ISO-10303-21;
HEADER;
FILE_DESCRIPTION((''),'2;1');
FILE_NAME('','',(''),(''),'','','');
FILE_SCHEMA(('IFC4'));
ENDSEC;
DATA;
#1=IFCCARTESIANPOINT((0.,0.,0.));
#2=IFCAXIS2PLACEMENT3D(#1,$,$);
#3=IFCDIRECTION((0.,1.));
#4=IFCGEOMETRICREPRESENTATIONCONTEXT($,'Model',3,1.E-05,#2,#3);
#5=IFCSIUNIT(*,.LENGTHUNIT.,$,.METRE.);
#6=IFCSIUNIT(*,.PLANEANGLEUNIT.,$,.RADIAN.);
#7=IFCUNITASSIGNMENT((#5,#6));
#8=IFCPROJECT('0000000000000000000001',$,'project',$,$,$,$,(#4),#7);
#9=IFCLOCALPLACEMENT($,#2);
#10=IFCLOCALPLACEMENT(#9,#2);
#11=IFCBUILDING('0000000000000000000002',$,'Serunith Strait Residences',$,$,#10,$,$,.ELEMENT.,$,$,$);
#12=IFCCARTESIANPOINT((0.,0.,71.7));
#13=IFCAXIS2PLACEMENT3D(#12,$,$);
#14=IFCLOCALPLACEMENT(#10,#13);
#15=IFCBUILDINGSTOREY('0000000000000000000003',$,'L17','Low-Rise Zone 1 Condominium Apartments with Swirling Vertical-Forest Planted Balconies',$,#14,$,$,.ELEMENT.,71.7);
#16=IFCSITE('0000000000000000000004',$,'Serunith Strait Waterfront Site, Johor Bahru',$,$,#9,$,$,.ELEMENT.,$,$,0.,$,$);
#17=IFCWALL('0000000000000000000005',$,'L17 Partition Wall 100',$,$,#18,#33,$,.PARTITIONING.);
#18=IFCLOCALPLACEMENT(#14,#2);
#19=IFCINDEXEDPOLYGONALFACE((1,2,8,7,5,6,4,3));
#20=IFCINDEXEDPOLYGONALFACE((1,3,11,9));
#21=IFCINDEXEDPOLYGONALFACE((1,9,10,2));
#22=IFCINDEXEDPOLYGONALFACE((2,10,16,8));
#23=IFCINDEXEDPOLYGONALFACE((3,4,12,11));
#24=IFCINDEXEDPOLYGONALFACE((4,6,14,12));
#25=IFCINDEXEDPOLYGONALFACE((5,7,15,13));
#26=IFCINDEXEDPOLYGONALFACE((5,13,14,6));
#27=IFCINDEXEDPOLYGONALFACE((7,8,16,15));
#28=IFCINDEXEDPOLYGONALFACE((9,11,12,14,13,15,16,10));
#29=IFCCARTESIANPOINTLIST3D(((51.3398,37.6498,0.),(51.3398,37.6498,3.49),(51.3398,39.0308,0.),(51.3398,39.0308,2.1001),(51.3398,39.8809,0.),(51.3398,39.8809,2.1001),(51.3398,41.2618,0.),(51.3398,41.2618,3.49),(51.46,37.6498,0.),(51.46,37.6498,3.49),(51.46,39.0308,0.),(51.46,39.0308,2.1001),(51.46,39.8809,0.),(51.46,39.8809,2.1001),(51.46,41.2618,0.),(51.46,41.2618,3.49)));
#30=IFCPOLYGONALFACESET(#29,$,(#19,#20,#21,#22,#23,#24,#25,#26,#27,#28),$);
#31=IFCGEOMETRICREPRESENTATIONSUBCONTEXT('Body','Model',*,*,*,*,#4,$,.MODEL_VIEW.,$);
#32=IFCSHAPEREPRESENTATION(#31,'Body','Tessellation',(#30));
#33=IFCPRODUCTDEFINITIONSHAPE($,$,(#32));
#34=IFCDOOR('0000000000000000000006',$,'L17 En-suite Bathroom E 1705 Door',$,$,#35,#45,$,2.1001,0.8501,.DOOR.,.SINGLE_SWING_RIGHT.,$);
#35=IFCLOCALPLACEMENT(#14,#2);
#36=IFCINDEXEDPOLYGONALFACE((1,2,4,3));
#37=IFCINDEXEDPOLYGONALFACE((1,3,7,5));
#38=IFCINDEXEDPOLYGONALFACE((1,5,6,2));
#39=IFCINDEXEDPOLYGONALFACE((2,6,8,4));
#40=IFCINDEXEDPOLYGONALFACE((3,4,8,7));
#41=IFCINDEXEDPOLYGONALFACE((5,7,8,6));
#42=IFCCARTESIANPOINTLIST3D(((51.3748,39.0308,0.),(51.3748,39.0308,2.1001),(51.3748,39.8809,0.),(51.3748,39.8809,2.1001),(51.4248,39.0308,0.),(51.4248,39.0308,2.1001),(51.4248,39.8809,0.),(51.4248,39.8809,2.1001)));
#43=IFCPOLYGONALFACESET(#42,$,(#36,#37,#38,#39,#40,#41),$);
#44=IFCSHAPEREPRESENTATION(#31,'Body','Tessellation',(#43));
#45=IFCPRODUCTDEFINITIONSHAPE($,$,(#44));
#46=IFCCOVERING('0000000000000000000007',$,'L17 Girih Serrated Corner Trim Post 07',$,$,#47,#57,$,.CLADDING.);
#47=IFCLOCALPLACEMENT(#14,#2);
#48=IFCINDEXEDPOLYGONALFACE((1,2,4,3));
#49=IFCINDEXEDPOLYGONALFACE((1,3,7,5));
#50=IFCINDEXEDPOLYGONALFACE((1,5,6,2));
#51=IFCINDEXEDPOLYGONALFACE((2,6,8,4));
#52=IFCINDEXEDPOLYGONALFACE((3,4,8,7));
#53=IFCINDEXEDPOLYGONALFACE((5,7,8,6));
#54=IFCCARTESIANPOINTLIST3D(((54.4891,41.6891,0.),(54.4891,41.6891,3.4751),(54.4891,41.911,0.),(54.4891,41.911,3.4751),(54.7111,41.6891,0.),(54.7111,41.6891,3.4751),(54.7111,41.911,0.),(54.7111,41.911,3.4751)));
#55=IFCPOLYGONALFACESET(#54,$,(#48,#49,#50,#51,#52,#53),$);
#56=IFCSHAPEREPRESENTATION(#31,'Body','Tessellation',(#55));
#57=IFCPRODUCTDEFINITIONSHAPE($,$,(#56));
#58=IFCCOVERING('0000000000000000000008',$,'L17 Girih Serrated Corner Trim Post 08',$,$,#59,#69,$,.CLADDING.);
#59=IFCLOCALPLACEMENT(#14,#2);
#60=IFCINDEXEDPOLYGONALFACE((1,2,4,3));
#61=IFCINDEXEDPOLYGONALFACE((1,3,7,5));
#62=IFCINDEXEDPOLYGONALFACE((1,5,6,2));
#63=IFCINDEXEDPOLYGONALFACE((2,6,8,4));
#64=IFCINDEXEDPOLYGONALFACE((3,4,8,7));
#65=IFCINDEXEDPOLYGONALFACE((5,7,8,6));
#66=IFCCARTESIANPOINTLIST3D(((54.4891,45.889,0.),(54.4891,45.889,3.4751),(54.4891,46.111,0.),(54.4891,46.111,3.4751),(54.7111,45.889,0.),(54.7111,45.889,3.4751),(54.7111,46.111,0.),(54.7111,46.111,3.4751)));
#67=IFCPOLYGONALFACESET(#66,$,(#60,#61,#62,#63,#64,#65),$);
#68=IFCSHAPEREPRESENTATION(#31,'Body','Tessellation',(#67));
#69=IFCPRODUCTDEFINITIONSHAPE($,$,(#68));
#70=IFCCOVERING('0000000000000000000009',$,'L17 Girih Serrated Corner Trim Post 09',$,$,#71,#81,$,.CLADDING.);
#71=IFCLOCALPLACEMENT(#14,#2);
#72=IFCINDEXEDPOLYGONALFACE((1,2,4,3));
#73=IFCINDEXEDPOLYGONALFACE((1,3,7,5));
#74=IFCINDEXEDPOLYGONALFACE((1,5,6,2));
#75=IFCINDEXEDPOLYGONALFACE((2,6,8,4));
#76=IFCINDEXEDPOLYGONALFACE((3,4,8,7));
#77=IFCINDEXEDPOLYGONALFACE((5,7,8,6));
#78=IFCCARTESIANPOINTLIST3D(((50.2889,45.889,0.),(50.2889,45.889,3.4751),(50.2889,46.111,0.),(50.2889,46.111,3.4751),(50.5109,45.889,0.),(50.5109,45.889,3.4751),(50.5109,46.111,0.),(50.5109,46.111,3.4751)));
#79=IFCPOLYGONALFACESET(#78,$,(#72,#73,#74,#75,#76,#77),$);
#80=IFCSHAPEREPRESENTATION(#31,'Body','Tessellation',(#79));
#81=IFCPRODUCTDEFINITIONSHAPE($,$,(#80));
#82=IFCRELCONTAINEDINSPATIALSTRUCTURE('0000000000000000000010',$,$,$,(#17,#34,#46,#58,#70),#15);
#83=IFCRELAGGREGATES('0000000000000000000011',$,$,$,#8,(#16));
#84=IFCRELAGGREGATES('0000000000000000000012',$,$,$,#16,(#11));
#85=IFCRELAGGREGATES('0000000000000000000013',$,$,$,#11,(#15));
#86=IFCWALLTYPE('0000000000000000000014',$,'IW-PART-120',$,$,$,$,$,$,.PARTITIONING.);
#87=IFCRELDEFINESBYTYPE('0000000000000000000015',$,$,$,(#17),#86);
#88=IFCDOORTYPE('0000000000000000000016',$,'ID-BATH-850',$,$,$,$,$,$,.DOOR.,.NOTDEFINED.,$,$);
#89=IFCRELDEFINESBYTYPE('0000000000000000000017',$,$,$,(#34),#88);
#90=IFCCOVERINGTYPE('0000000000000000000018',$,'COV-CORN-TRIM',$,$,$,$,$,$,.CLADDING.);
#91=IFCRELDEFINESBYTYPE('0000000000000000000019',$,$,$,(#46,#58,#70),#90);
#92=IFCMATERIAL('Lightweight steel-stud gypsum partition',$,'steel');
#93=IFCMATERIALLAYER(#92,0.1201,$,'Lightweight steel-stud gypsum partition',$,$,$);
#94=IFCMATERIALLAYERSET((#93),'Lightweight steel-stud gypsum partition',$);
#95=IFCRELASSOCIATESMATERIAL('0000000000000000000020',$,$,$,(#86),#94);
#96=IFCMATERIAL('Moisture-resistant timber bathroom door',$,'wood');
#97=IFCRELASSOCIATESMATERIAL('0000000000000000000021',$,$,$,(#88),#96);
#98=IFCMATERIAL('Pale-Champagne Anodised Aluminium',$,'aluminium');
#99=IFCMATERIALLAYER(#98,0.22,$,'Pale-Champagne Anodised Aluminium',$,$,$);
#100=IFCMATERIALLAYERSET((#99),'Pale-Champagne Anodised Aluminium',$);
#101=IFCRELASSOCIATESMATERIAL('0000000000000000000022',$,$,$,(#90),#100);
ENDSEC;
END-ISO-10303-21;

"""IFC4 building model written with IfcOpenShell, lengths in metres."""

from ifc_helpers import new_model, si_unit, direction, frame, frame_2d, origin, origin_2d, place, context, subcontext, project, spatial, rectangle, extrude, source, transform, mapped, material, layer, layer_set, type_object, element, fill, save


model = new_model("IFC4")

# Units and contexts
model_context = context("Model", 3, precision=1e-05, world=origin(), true_north=direction((0.0, 1.0)))
body_context = subcontext(model_context, "Body", "Model", "MODEL_VIEW")
ifc_project = project(units=[si_unit("LENGTHUNIT", "METRE"), si_unit("PLANEANGLEUNIT", "RADIAN")], contexts=[model_context])

# Site, building, storey
site_placement = place(None, origin())
site = spatial("IfcSite", under=ifc_project, at=site_placement, Name="Serunith Strait Waterfront Site, Johor Bahru", CompositionType="ELEMENT", RefElevation=0.0)
building_placement = place(site_placement, origin())
building = spatial("IfcBuilding", under=site, at=building_placement, Name="Serunith Strait Residences", CompositionType="ELEMENT")
storey_placement = place(building_placement, frame((0.0, 0.0, 71.7)))
storey = spatial("IfcBuildingStorey", under=building, at=storey_placement, Name="L17", Description="Low-Rise Zone 1 Condominium Apartments with Swirling Vertical-Forest Planted Balconies", CompositionType="ELEMENT", Elevation=71.7)

# Shared definitions
ifc_material_1 = material(Name="Pale-Champagne Anodised Aluminium", Category="aluminium")

# Shared definitions
ifc_material_2 = material(Name="Lightweight steel-stud gypsum partition", Category="steel")
ifc_layer_1 = layer(ifc_material_2, 0.1201, Name="Lightweight steel-stud gypsum partition")
ifc_layer_set_1 = layer_set([ifc_layer_1], Name="Lightweight steel-stud gypsum partition")
wall_type_1 = type_object("IfcWallType", Name="IW-PART-120", PredefinedType="PARTITIONING", material=ifc_layer_set_1)

# Wall, opening, door
wall_1_placement = place(storey_placement, frame((51.3999, 41.262, 0.0), z_axis=(0.0, 0.0, 1.0), x_axis=(0.0, -1.0, 0.0)))
wall_1 = element("IfcWall", 1, at=wall_1_placement, inside=storey, type_object=wall_type_1, Name="L17 Partition Wall 100", PredefinedType="PARTITIONING", context=body_context, shape_type="SweptSolid", body=[
    extrude(rectangle(XDim=3.6121, YDim=0.1201, at=frame_2d((1.8062, 0.0))), origin(), (0.0, 0.0, 1.0), 3.49),
])
opening_1_placement = place(wall_1_placement, frame((1.3811, 0.0, 0.0)))
opening_1 = element("IfcOpeningElement", 2, at=opening_1_placement, cuts=wall_1, PredefinedType="OPENING", context=body_context, shape_type="SweptSolid", body=[
    extrude(rectangle(XDim=0.8501, YDim=2.1001, at=frame_2d((0.425, 1.05))), frame((0.0, 0.0701, 0.0), z_axis=(0.0, -1.0, 0.0), x_axis=(1.0, 0.0, 0.0)), (0.0, 0.0, 1.0), 0.1401),
])
ifc_material_3 = material(Name="Moisture-resistant timber bathroom door", Category="wood")
door_type = type_object("IfcDoorType", Name="ID-BATH-850", OperationType="NOTDEFINED", PredefinedType="DOOR", material=ifc_material_3)
shared_shape_1 = source(origin(), body_context, "Body", "SweptSolid", [
    extrude(rectangle(XDim=0.8501, YDim=2.1001, at=frame_2d((0.425, 1.05))), frame((0.0, 0.0249, 0.0), z_axis=(0.0, -1.0, 0.0), x_axis=(1.0, 0.0, 0.0)), (0.0, 0.0, 1.0), 0.05),
])
door_placement = place(opening_1_placement, origin())
door = element("IfcDoor", 3, at=door_placement, inside=storey, type_object=door_type, Name="L17 En-suite Bathroom E 1705 Door", OperationType="SINGLE_SWING_RIGHT", OverallHeight=2.1001, OverallWidth=0.8501, PredefinedType="DOOR", context=body_context, shape_type="MappedRepresentation", body=[
    mapped(shared_shape_1, transform((0.0, 0.0, 0.0), scale=1.0)),
])
fill(opening_1, door)

# Coverings
ifc_layer_2 = layer(ifc_material_1, 0.22, Name="Pale-Champagne Anodised Aluminium")
ifc_layer_set_2 = layer_set([ifc_layer_2], Name="Pale-Champagne Anodised Aluminium")
covering_type = type_object("IfcCoveringType", Name="COV-CORN-TRIM", PredefinedType="CLADDING", material=ifc_layer_set_2)
shared_shape_2 = source(origin(), body_context, "Body", "SweptSolid", [
    extrude(rectangle(XDim=0.2219, YDim=0.2219, at=origin_2d()), origin(), (0.0, 0.0, 1.0), 3.4751),
])
for number, where, z_axis, x_axis, name in (
    (4, (54.6001, 41.8, 0.0), (0.0, 0.0, 1.0), (1.0, 0.0, 0.0), "L17 Girih Serrated Corner Trim Post 07"),
    (5, (54.6001, 46.0, 0.0), (0.0, 0.0, 1.0), (1.0, 0.0, 0.0), "L17 Girih Serrated Corner Trim Post 08"),
    (6, (50.3999, 46.0, 0.0), (0.0, 0.0, 1.0), (1.0, 0.0, 0.0), "L17 Girih Serrated Corner Trim Post 09"),
):
    element("IfcCovering", number, at=place(storey_placement, frame(where, z_axis=z_axis, x_axis=x_axis)), inside=storey, type_object=covering_type, Name=name, PredefinedType="CLADDING", context=body_context, shape_type="MappedRepresentation", body=[
        mapped(shared_shape_2, transform((0.0, 0.0, 0.0), scale=1.0)),
    ])

save(model, "model.ifc")
